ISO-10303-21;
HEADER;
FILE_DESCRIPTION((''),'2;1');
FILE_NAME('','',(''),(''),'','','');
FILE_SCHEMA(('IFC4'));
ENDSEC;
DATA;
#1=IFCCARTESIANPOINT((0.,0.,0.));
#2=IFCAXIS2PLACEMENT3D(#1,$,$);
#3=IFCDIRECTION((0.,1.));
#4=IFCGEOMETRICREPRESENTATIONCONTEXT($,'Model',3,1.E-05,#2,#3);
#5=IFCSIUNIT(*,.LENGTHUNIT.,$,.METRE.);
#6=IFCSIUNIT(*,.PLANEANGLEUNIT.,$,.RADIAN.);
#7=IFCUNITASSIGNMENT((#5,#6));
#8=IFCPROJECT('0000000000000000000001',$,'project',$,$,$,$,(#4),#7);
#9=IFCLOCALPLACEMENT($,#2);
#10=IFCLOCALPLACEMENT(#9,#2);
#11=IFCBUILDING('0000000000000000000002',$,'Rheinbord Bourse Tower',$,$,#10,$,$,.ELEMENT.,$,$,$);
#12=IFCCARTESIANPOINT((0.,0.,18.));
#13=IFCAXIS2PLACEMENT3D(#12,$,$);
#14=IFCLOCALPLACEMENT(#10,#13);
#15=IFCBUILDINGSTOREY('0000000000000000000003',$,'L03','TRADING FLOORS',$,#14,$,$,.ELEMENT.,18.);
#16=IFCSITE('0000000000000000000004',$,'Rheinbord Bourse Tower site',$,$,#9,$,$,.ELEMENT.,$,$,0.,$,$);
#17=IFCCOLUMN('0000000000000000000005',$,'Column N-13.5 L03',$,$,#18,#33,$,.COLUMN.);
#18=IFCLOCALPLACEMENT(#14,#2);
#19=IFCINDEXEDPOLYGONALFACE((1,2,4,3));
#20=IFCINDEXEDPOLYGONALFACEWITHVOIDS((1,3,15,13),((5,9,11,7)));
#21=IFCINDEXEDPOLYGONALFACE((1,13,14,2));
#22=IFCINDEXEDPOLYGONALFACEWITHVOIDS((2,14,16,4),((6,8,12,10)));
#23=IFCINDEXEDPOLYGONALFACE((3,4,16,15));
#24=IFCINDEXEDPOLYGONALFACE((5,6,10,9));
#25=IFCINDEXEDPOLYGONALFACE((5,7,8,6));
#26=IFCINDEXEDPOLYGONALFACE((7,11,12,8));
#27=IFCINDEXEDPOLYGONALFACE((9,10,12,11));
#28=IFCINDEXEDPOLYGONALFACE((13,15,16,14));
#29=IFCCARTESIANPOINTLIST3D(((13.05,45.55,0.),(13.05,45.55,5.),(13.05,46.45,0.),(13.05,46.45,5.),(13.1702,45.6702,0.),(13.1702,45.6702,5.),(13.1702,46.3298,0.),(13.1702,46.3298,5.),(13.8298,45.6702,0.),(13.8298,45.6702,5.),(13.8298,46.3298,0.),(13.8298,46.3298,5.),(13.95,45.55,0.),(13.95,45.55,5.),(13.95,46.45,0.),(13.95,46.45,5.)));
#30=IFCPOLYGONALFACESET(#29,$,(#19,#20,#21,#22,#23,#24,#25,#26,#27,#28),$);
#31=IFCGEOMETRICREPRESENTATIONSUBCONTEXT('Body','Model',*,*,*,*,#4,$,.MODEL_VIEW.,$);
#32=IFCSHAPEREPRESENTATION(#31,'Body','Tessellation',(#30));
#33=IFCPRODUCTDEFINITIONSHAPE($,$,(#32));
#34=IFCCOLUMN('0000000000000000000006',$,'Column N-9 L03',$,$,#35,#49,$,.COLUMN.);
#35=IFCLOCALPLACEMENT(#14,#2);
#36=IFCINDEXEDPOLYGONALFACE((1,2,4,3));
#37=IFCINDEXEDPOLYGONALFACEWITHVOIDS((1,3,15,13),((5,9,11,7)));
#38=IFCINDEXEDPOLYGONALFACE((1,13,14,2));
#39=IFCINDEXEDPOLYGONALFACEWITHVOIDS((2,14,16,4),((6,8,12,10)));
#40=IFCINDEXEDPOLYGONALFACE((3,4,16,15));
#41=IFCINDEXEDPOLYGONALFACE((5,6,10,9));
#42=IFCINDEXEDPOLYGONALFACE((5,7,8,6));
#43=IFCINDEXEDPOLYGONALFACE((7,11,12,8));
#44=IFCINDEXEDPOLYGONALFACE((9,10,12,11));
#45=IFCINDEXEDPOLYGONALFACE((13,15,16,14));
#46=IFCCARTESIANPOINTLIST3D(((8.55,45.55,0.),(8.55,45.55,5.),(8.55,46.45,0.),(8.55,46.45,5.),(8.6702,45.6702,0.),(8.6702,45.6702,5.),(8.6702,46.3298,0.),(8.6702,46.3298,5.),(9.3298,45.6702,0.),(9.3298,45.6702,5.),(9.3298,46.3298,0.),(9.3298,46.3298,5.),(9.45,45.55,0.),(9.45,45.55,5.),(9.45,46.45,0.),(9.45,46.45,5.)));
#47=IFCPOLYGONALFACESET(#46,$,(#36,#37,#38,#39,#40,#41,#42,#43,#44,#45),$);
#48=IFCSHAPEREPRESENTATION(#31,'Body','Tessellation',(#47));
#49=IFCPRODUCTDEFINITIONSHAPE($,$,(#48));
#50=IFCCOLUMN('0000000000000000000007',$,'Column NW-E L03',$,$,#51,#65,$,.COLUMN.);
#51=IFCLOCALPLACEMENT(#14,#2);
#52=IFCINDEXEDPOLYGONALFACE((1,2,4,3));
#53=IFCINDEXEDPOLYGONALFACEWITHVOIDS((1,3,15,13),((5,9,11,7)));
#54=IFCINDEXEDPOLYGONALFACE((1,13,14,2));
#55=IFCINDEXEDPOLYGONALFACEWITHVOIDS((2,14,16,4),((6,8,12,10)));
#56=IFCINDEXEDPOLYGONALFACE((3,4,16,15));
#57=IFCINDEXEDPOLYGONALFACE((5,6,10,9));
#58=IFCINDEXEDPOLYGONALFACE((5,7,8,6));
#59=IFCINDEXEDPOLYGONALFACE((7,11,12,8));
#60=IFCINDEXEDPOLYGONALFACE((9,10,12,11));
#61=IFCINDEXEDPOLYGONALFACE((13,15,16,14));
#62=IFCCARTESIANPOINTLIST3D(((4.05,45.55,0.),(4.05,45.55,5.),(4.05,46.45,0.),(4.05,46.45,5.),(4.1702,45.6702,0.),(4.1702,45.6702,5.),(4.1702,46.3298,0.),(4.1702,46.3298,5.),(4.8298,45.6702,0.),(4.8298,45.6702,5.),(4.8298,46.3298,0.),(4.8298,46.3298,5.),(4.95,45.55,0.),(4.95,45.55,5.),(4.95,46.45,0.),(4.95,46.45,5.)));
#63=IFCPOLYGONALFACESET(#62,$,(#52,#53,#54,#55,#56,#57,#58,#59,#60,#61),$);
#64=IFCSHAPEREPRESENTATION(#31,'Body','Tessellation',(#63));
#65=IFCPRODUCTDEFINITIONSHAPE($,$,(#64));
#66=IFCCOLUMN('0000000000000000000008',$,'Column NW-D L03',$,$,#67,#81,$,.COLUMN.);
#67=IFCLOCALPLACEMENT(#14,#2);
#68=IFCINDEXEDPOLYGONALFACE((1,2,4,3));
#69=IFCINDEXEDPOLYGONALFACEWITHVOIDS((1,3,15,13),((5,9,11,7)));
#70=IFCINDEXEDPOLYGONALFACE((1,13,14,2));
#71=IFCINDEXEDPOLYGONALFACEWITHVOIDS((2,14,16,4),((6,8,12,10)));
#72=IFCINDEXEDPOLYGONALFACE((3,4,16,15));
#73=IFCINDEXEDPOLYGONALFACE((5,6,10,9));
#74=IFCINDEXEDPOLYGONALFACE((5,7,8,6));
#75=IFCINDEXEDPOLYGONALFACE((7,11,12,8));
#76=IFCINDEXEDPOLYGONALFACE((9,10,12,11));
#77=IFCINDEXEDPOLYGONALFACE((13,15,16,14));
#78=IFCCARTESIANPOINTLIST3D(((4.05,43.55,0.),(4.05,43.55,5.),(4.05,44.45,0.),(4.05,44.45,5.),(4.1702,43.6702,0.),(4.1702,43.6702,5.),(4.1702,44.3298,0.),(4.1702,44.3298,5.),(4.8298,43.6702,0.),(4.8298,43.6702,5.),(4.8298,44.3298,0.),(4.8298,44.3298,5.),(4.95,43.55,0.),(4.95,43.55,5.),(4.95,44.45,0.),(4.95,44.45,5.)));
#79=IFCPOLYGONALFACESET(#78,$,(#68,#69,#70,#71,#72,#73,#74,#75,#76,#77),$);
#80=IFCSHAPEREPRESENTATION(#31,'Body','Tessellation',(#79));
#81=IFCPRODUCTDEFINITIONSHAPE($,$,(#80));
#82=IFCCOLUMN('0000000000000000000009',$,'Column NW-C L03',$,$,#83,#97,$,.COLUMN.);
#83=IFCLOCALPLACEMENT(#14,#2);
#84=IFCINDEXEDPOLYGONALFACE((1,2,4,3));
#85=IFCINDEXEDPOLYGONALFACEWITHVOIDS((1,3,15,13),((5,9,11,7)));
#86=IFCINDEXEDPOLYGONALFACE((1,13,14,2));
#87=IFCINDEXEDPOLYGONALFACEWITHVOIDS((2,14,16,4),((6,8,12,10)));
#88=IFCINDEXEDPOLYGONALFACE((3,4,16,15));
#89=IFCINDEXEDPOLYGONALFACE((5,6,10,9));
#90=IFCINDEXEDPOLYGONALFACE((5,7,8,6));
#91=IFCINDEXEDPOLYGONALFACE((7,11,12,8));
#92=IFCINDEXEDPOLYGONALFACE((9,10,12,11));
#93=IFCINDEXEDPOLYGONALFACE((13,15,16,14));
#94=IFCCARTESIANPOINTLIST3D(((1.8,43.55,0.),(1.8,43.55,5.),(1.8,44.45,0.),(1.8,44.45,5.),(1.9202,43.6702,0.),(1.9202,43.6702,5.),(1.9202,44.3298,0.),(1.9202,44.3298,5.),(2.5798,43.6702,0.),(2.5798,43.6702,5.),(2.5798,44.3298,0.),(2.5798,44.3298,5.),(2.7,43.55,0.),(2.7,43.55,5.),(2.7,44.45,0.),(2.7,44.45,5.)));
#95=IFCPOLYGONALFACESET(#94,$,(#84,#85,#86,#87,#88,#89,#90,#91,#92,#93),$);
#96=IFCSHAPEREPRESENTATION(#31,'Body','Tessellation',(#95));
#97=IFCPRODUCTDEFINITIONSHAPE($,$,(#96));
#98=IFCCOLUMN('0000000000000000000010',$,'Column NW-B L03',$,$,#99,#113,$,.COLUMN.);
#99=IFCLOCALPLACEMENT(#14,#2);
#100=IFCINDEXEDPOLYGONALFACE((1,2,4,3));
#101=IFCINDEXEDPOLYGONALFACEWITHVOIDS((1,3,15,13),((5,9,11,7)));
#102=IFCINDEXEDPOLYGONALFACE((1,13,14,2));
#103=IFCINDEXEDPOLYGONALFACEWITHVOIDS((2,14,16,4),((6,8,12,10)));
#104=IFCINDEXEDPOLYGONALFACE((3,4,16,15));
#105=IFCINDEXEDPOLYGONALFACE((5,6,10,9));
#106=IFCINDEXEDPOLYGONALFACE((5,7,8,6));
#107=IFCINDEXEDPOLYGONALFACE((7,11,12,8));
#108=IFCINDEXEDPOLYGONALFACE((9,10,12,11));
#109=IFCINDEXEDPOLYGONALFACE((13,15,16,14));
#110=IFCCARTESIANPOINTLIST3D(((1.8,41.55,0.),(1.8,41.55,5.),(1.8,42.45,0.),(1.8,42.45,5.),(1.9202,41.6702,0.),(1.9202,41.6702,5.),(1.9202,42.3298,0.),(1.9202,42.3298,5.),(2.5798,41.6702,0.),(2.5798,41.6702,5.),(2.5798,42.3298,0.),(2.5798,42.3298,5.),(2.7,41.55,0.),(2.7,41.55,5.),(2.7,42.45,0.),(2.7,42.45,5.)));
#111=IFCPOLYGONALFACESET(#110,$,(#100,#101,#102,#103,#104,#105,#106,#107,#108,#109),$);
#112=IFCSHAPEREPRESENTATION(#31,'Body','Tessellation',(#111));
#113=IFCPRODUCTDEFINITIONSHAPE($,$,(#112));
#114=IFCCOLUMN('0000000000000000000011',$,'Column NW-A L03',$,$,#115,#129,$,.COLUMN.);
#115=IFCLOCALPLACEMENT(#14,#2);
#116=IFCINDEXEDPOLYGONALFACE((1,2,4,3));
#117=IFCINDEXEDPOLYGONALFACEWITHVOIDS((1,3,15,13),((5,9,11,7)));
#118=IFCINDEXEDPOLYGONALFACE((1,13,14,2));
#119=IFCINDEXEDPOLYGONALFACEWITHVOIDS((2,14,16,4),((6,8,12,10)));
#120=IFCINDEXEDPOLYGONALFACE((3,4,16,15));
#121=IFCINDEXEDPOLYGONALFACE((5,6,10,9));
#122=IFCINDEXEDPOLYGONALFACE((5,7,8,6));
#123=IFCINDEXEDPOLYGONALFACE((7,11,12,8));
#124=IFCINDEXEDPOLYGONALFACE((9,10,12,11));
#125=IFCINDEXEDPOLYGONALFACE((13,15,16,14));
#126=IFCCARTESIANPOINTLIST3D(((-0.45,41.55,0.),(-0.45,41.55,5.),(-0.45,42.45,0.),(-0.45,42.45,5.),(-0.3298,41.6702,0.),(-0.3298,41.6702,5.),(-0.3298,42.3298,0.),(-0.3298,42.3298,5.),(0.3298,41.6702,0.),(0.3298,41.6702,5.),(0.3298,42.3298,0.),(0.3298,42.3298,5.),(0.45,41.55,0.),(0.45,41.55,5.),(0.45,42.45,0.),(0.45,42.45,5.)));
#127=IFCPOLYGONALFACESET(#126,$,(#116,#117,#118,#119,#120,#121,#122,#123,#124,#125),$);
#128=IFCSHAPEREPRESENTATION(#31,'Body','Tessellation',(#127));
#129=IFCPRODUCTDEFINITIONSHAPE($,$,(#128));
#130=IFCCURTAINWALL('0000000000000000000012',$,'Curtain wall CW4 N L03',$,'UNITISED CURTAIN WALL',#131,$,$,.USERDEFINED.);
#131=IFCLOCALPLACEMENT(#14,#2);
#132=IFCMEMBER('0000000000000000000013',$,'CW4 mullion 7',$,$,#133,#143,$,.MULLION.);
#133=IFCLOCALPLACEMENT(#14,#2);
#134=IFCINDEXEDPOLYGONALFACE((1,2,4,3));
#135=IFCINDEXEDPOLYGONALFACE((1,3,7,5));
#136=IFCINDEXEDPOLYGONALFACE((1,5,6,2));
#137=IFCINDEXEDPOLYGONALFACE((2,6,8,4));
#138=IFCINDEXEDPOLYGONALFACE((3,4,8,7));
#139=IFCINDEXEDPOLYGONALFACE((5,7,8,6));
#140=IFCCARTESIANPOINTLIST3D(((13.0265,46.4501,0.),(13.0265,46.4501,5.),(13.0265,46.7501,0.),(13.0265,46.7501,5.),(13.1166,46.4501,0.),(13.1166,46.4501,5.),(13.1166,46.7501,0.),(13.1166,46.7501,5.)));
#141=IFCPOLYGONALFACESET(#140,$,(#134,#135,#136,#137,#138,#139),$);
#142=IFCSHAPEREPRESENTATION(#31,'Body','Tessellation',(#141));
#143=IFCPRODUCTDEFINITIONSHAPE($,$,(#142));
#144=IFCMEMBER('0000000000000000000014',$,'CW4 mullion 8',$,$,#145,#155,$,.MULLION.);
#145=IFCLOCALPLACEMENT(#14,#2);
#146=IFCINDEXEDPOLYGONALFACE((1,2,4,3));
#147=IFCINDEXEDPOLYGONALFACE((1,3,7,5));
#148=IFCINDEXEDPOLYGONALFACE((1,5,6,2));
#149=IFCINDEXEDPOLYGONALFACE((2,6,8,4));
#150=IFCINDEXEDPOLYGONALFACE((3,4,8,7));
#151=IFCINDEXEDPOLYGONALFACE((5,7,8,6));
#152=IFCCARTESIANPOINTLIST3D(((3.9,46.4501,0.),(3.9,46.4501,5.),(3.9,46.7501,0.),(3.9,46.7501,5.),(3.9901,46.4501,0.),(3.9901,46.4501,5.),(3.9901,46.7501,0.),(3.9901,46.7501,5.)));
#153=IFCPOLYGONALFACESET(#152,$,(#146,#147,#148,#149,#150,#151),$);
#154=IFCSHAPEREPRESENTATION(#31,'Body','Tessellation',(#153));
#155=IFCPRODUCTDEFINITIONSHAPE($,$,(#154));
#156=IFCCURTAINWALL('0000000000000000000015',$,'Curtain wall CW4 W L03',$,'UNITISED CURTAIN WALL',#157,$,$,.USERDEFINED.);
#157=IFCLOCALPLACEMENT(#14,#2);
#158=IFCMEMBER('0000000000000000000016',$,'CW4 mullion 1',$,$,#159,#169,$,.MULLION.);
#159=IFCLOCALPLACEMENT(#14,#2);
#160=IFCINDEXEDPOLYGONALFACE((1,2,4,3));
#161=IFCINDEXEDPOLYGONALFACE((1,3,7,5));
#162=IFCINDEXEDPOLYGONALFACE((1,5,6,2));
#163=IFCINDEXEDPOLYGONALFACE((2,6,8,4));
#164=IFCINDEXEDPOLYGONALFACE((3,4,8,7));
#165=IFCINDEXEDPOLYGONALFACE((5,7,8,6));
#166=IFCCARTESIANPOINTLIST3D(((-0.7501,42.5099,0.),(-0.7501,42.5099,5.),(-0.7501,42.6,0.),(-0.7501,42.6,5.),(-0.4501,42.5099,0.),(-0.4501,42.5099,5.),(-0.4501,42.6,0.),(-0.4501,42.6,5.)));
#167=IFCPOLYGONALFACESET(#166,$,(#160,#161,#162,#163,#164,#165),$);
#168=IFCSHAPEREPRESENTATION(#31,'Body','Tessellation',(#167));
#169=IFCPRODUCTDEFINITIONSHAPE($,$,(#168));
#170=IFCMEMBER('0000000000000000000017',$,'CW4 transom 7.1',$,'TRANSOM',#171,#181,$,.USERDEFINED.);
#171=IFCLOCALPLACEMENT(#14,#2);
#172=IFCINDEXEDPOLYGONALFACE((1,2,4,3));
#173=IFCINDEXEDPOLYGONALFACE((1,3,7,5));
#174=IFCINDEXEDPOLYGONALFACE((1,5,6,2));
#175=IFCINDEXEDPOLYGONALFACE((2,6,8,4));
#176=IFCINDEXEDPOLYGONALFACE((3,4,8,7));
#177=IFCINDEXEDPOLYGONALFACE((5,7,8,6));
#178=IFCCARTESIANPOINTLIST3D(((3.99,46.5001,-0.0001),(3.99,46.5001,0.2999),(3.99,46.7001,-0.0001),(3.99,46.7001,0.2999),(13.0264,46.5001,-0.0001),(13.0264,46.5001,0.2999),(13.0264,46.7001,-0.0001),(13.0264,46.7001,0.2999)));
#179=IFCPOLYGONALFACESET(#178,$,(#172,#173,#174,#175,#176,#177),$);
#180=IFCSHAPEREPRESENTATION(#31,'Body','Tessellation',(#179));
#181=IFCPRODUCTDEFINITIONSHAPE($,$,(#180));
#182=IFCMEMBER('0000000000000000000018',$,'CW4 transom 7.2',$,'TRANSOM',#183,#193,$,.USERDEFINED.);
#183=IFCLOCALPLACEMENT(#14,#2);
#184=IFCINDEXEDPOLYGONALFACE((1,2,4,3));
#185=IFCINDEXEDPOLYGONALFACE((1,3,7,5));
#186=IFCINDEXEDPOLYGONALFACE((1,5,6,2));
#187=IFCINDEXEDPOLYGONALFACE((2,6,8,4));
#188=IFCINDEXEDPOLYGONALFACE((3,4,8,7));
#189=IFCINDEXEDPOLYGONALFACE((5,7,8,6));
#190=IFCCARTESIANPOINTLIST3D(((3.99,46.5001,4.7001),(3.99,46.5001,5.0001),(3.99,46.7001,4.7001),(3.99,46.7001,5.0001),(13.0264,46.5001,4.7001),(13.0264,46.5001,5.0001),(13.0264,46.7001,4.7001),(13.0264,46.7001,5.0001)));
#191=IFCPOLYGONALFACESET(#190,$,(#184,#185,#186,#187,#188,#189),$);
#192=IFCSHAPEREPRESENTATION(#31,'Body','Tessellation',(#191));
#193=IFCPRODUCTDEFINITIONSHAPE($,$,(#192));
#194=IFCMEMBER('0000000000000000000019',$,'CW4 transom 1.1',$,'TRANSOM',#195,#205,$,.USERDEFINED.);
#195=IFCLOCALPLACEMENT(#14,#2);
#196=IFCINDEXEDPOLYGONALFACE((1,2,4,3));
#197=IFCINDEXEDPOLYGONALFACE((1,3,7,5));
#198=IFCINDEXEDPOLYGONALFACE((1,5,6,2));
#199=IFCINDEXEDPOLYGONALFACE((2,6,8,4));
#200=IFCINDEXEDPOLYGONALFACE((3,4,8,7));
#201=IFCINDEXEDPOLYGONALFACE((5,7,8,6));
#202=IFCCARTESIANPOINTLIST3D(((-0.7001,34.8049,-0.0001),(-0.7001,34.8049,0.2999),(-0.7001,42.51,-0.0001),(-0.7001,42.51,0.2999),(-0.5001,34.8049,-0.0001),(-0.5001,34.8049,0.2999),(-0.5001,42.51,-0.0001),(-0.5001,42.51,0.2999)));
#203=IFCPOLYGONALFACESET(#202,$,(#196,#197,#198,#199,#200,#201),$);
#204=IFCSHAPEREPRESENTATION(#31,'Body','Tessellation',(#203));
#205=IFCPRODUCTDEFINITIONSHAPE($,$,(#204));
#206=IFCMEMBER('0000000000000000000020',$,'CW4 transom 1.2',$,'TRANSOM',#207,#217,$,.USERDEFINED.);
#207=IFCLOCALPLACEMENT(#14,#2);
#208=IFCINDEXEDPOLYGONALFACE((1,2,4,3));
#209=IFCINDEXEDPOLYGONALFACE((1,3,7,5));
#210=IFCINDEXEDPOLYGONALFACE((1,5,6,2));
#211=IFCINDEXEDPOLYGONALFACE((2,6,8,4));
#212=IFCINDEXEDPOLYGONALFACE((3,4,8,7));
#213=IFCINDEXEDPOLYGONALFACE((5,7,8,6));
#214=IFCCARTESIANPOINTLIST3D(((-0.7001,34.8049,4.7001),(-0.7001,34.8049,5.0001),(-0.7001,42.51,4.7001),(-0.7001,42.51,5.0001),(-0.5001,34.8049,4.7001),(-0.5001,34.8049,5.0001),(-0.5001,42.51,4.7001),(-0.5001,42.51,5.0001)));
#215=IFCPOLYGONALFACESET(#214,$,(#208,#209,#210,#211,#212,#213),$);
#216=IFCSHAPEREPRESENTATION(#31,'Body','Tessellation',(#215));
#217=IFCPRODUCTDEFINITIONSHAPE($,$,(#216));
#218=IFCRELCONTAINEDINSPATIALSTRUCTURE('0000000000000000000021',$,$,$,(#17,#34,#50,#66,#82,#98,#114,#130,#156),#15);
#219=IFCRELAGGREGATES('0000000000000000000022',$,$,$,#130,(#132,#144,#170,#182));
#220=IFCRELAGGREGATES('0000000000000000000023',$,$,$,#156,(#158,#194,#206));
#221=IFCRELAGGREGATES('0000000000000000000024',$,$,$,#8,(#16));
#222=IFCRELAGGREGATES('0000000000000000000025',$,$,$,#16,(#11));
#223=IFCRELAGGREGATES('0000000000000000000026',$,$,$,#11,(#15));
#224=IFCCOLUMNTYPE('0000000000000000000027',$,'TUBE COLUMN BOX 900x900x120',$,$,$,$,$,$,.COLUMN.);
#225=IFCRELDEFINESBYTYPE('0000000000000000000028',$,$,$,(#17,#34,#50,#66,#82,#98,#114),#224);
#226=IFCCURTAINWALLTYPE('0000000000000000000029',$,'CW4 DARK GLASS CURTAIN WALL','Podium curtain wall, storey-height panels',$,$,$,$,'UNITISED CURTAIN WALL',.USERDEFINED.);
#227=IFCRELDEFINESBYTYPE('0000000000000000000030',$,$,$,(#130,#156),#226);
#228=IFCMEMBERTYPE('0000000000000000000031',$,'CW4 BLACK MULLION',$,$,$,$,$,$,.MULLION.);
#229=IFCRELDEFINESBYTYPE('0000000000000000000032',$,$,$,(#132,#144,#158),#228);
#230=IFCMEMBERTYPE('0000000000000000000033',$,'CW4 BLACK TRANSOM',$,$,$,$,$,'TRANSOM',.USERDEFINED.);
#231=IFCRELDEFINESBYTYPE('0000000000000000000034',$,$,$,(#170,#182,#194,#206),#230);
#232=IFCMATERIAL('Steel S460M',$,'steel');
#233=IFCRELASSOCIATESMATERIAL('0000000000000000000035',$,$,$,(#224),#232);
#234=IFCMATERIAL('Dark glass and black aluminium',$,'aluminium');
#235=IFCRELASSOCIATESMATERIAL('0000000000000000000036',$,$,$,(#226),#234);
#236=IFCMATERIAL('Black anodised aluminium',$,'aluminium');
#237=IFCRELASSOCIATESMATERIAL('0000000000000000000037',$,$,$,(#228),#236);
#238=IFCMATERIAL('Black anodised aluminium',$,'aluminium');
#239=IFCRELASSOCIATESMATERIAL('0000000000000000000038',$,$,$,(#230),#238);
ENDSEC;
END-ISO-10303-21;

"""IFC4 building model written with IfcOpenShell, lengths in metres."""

from ifc_helpers import new_model, si_unit, direction, frame, origin, origin_2d, place, context, subcontext, project, spatial, rectangle, hollow_rectangle, extrude, material, material_profile, profile_set, type_object, element, aggregate, save


model = new_model("IFC4")

# Units and contexts
model_context = context("Model", 3, precision=1e-05, world=origin(), true_north=direction((0.0, 1.0)))
body_context = subcontext(model_context, "Body", "Model", "MODEL_VIEW")
ifc_project = project(units=[si_unit("LENGTHUNIT", "METRE"), si_unit("PLANEANGLEUNIT", "RADIAN")], contexts=[model_context])

# Site, building, storey
site_placement = place(None, origin())
site = spatial("IfcSite", under=ifc_project, at=site_placement, Name="Rheinbord Bourse Tower site", CompositionType="ELEMENT", RefElevation=0.0)
building_placement = place(site_placement, origin())
building = spatial("IfcBuilding", under=site, at=building_placement, Name="Rheinbord Bourse Tower", CompositionType="ELEMENT")
storey_placement = place(building_placement, frame((0.0, 0.0, 18.0)))
storey = spatial("IfcBuildingStorey", under=building, at=storey_placement, Name="L03", Description="TRADING FLOORS", CompositionType="ELEMENT", Elevation=18.0)

# Columns
ifc_material_1 = material(Name="Steel S460M", Category="steel")
ifc_material_profile_1 = material_profile(ifc_material_1, hollow_rectangle(XDim=0.8999, YDim=0.8999, WallThickness=0.1201, at=origin_2d()), Name="BOX 900x900x120")
ifc_profile_set_1 = profile_set([ifc_material_profile_1], Name="Steel S460M")
column_type = type_object("IfcColumnType", Name="TUBE COLUMN BOX 900x900x120", PredefinedType="COLUMN", material=ifc_profile_set_1)
for number, where, z_axis, x_axis, name in (
    (1, (13.5, 46.0, 0.0), (0.0, 0.0, 1.0), (0.0, 1.0, 0.0), "Column N-13.5 L03"),
    (2, (9.0, 46.0, 0.0), (0.0, 0.0, 1.0), (0.0, 1.0, 0.0), "Column N-9 L03"),
    (3, (4.5, 46.0, 0.0), (0.0, 0.0, 1.0), (0.0, 1.0, 0.0), "Column NW-E L03"),
    (4, (4.5, 44.0, 0.0), (0.0, 0.0, 1.0), (0.0, 1.0, 0.0), "Column NW-D L03"),
    (5, (2.25, 44.0, 0.0), (0.0, 0.0, 1.0), (1.0, 0.0, 0.0), "Column NW-C L03"),
    (6, (2.25, 42.0, 0.0), (0.0, 0.0, 1.0), (1.0, 0.0, 0.0), "Column NW-B L03"),
    (7, (0.0, 42.0, 0.0), (0.0, 0.0, 1.0), (1.0, 0.0, 0.0), "Column NW-A L03"),
):
    element("IfcColumn", number, at=place(storey_placement, frame(where, z_axis=z_axis, x_axis=x_axis)), inside=storey, type_object=column_type, Name=name, PredefinedType="COLUMN", context=body_context, shape_type="SweptSolid", body=[
        extrude(hollow_rectangle(XDim=0.8999, YDim=0.8999, WallThickness=0.1201, at=origin_2d()), origin(), (0.0, 0.0, 1.0), 5.0),
    ])

# Curtain wall, members
ifc_material_2 = material(Name="Dark glass and black aluminium", Category="aluminium")
curtain_wall_type = type_object("IfcCurtainWallType", Name="CW4 DARK GLASS CURTAIN WALL", Description="Podium curtain wall, storey-height panels", ElementType="UNITISED CURTAIN WALL", PredefinedType="USERDEFINED", material=ifc_material_2)
curtain_wall_1_placement = place(storey_placement, origin())
curtain_wall_1 = element("IfcCurtainWall", 8, at=curtain_wall_1_placement, inside=storey, type_object=curtain_wall_type, Name="Curtain wall CW4 N L03", ObjectType="UNITISED CURTAIN WALL", PredefinedType="USERDEFINED")
ifc_material_3 = material(Name="Black anodised aluminium", Category="aluminium")
ifc_material_profile_2 = material_profile(ifc_material_3, rectangle(XDim=0.3, YDim=0.0901, at=origin_2d()), Name="CW4 MULLION 90x300")
ifc_profile_set_2 = profile_set([ifc_material_profile_2], Name="Black anodised aluminium")
member_type_1 = type_object("IfcMemberType", Name="CW4 BLACK MULLION", PredefinedType="MULLION", material=ifc_profile_set_2)
member_1_placement = place(storey_placement, frame((13.0715, 46.6001, 0.0), z_axis=(0.0, 0.0, 1.0), x_axis=(0.0, -1.0, 0.0)))
member_1 = element("IfcMember", 9, at=member_1_placement, type_object=member_type_1, Name="CW4 mullion 7", PredefinedType="MULLION", context=body_context, shape_type="SweptSolid", body=[
    extrude(rectangle(XDim=0.3, YDim=0.0901, at=origin_2d()), origin(), (0.0, 0.0, 1.0), 5.0),
])
member_2_placement = place(storey_placement, frame((3.9451, 46.6001, 0.0), z_axis=(0.0, 0.0, 1.0), x_axis=(0.0, -1.0, 0.0)))
member_2 = element("IfcMember", 10, at=member_2_placement, type_object=member_type_1, Name="CW4 mullion 8", PredefinedType="MULLION", context=body_context, shape_type="SweptSolid", body=[
    extrude(rectangle(XDim=0.3, YDim=0.0901, at=origin_2d()), origin(), (0.0, 0.0, 1.0), 5.0),
])

# Curtain wall, member
curtain_wall_2_placement = place(storey_placement, origin())
curtain_wall_2 = element("IfcCurtainWall", 11, at=curtain_wall_2_placement, inside=storey, type_object=curtain_wall_type, Name="Curtain wall CW4 W L03", ObjectType="UNITISED CURTAIN WALL", PredefinedType="USERDEFINED")
member_3_placement = place(storey_placement, frame((-0.6001, 42.5549, 0.0), z_axis=(0.0, 0.0, 1.0), x_axis=(1.0, 0.0, 0.0)))
member_3 = element("IfcMember", 12, at=member_3_placement, type_object=member_type_1, Name="CW4 mullion 1", PredefinedType="MULLION", context=body_context, shape_type="SweptSolid", body=[
    extrude(rectangle(XDim=0.3, YDim=0.0901, at=origin_2d()), origin(), (0.0, 0.0, 1.0), 5.0),
])

# Members
ifc_material_4 = material(Name="Black anodised aluminium", Category="aluminium")
ifc_material_profile_3 = material_profile(ifc_material_4, rectangle(XDim=0.2, YDim=0.3, at=origin_2d()), Name="CW4 TRANSOM 300x200")
ifc_profile_set_3 = profile_set([ifc_material_profile_3], Name="Black anodised aluminium")
member_type_2 = type_object("IfcMemberType", Name="CW4 BLACK TRANSOM", ElementType="TRANSOM", PredefinedType="USERDEFINED", material=ifc_profile_set_3)
member_4_placement = place(storey_placement, frame((13.0264, 46.6001, 0.1499), z_axis=(-1.0, 0.0, 0.0), x_axis=(0.0, -1.0, 0.0)))
member_4 = element("IfcMember", 13, at=member_4_placement, type_object=member_type_2, Name="CW4 transom 7.1", ObjectType="TRANSOM", PredefinedType="USERDEFINED", context=body_context, shape_type="SweptSolid", body=[
    extrude(rectangle(XDim=0.2, YDim=0.3, at=origin_2d()), origin(), (0.0, 0.0, 1.0), 9.0364),
])
member_5_placement = place(storey_placement, frame((13.0264, 46.6001, 4.8501), z_axis=(-1.0, 0.0, 0.0), x_axis=(0.0, -1.0, 0.0)))
member_5 = element("IfcMember", 14, at=member_5_placement, type_object=member_type_2, Name="CW4 transom 7.2", ObjectType="TRANSOM", PredefinedType="USERDEFINED", context=body_context, shape_type="SweptSolid", body=[
    extrude(rectangle(XDim=0.2, YDim=0.3, at=origin_2d()), origin(), (0.0, 0.0, 1.0), 9.0364),
])
member_6_placement = place(storey_placement, frame((-0.6001, 42.51, 0.1499), z_axis=(0.0, -1.0, 0.0), x_axis=(1.0, 0.0, 0.0)))
member_6 = element("IfcMember", 15, at=member_6_placement, type_object=member_type_2, Name="CW4 transom 1.1", ObjectType="TRANSOM", PredefinedType="USERDEFINED", context=body_context, shape_type="SweptSolid", body=[
    extrude(rectangle(XDim=0.2, YDim=0.3, at=origin_2d()), origin(), (0.0, 0.0, 1.0), 7.7051),
])
member_7_placement = place(storey_placement, frame((-0.6001, 42.51, 4.8501), z_axis=(0.0, -1.0, 0.0), x_axis=(1.0, 0.0, 0.0)))
member_7 = element("IfcMember", 16, at=member_7_placement, type_object=member_type_2, Name="CW4 transom 1.2", ObjectType="TRANSOM", PredefinedType="USERDEFINED", context=body_context, shape_type="SweptSolid", body=[
    extrude(rectangle(XDim=0.2, YDim=0.3, at=origin_2d()), origin(), (0.0, 0.0, 1.0), 7.7051),
])

aggregate(curtain_wall_1, [member_1, member_2, member_4, member_5])
aggregate(curtain_wall_2, [member_3, member_6, member_7])

save(model, "model.ifc")
